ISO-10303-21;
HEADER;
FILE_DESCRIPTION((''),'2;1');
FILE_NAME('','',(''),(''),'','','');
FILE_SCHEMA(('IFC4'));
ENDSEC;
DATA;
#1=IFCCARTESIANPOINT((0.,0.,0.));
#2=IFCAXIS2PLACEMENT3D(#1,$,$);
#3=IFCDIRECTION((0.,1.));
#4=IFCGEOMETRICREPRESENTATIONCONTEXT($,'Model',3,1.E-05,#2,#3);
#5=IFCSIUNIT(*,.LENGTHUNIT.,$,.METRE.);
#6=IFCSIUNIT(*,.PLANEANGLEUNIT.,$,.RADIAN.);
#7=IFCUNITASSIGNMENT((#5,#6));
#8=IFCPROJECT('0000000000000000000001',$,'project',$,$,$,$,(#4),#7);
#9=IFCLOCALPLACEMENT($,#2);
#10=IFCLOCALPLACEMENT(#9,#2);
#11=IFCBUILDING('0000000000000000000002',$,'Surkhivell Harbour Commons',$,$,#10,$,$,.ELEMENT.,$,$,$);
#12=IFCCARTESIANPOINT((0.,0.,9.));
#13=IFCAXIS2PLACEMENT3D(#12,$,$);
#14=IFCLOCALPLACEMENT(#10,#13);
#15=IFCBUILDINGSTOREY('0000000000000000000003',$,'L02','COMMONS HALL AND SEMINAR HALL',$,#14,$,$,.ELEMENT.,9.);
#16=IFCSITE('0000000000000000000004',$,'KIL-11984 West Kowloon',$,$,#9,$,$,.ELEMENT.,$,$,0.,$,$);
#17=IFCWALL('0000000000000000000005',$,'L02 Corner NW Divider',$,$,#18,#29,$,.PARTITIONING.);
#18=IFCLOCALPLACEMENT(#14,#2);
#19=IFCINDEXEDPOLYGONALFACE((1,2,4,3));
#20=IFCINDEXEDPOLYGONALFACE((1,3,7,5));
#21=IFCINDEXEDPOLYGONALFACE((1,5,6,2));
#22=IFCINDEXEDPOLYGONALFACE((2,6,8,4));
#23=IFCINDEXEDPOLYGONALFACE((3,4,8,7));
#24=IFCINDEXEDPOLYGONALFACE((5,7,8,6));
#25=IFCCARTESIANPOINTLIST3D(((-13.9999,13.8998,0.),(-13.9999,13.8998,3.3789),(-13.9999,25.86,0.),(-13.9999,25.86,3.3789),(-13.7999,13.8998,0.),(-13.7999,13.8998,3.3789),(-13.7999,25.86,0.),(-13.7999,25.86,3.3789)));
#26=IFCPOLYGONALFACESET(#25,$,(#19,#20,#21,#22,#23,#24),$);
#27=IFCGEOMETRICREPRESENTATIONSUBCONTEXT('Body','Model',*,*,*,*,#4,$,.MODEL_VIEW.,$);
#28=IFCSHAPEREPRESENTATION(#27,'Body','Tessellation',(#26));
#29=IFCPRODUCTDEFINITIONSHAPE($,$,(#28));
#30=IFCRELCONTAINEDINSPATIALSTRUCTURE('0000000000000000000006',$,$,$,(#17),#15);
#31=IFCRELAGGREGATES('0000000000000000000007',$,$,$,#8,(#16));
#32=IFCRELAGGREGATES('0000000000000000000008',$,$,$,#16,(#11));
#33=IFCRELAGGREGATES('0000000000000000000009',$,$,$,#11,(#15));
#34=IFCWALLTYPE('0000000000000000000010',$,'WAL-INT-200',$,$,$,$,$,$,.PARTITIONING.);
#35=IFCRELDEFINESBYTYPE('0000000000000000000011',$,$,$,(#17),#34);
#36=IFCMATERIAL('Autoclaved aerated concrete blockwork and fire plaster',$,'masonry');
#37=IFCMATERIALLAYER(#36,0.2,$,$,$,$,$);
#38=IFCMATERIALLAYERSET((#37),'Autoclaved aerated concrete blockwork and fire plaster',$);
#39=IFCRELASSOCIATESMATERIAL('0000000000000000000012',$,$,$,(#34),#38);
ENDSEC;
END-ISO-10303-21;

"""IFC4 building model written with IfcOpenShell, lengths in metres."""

from ifc_helpers import new_model, si_unit, direction, frame, frame_2d, origin, place, context, subcontext, project, spatial, rectangle, extrude, material, layer, layer_set, type_object, element, save


model = new_model("IFC4")

# Units and contexts
model_context = context("Model", 3, precision=1e-05, world=origin(), true_north=direction((0.0, 1.0)))
body_context = subcontext(model_context, "Body", "Model", "MODEL_VIEW")
ifc_project = project(units=[si_unit("LENGTHUNIT", "METRE"), si_unit("PLANEANGLEUNIT", "RADIAN")], contexts=[model_context])

# Site, building, storey
site_placement = place(None, origin())
site = spatial("IfcSite", under=ifc_project, at=site_placement, Name="KIL-11984 West Kowloon", CompositionType="ELEMENT", RefElevation=0.0)
building_placement = place(site_placement, origin())
building = spatial("IfcBuilding", under=site, at=building_placement, Name="Surkhivell Harbour Commons", CompositionType="ELEMENT")
storey_placement = place(building_placement, frame((0.0, 0.0, 9.0)))
storey = spatial("IfcBuildingStorey", under=building, at=storey_placement, Name="L02", Description="COMMONS HALL AND SEMINAR HALL", CompositionType="ELEMENT", Elevation=9.0)

# Shared definitions
ifc_material_1 = material(Name="Autoclaved aerated concrete blockwork and fire plaster", Category="masonry")
ifc_layer_1 = layer(ifc_material_1, 0.2)
ifc_layer_set_1 = layer_set([ifc_layer_1], Name="Autoclaved aerated concrete blockwork and fire plaster")
wall_type_1 = type_object("IfcWallType", Name="WAL-INT-200", PredefinedType="PARTITIONING", material=ifc_layer_set_1)

# Wall
wall_1_placement = place(storey_placement, frame((-13.8999, 13.8999, 0.0), z_axis=(0.0, 0.0, 1.0), x_axis=(0.0, 1.0, 0.0)))
element("IfcWall", 1, at=wall_1_placement, inside=storey, type_object=wall_type_1, Name="L02 Corner NW Divider", PredefinedType="PARTITIONING", context=body_context, shape_type="SweptSolid", body=[
    extrude(rectangle(XDim=11.9602, YDim=0.2, at=frame_2d((5.98, 0.0))), origin(), (0.0, 0.0, 1.0), 3.3789),
])

save(model, "model.ifc")
